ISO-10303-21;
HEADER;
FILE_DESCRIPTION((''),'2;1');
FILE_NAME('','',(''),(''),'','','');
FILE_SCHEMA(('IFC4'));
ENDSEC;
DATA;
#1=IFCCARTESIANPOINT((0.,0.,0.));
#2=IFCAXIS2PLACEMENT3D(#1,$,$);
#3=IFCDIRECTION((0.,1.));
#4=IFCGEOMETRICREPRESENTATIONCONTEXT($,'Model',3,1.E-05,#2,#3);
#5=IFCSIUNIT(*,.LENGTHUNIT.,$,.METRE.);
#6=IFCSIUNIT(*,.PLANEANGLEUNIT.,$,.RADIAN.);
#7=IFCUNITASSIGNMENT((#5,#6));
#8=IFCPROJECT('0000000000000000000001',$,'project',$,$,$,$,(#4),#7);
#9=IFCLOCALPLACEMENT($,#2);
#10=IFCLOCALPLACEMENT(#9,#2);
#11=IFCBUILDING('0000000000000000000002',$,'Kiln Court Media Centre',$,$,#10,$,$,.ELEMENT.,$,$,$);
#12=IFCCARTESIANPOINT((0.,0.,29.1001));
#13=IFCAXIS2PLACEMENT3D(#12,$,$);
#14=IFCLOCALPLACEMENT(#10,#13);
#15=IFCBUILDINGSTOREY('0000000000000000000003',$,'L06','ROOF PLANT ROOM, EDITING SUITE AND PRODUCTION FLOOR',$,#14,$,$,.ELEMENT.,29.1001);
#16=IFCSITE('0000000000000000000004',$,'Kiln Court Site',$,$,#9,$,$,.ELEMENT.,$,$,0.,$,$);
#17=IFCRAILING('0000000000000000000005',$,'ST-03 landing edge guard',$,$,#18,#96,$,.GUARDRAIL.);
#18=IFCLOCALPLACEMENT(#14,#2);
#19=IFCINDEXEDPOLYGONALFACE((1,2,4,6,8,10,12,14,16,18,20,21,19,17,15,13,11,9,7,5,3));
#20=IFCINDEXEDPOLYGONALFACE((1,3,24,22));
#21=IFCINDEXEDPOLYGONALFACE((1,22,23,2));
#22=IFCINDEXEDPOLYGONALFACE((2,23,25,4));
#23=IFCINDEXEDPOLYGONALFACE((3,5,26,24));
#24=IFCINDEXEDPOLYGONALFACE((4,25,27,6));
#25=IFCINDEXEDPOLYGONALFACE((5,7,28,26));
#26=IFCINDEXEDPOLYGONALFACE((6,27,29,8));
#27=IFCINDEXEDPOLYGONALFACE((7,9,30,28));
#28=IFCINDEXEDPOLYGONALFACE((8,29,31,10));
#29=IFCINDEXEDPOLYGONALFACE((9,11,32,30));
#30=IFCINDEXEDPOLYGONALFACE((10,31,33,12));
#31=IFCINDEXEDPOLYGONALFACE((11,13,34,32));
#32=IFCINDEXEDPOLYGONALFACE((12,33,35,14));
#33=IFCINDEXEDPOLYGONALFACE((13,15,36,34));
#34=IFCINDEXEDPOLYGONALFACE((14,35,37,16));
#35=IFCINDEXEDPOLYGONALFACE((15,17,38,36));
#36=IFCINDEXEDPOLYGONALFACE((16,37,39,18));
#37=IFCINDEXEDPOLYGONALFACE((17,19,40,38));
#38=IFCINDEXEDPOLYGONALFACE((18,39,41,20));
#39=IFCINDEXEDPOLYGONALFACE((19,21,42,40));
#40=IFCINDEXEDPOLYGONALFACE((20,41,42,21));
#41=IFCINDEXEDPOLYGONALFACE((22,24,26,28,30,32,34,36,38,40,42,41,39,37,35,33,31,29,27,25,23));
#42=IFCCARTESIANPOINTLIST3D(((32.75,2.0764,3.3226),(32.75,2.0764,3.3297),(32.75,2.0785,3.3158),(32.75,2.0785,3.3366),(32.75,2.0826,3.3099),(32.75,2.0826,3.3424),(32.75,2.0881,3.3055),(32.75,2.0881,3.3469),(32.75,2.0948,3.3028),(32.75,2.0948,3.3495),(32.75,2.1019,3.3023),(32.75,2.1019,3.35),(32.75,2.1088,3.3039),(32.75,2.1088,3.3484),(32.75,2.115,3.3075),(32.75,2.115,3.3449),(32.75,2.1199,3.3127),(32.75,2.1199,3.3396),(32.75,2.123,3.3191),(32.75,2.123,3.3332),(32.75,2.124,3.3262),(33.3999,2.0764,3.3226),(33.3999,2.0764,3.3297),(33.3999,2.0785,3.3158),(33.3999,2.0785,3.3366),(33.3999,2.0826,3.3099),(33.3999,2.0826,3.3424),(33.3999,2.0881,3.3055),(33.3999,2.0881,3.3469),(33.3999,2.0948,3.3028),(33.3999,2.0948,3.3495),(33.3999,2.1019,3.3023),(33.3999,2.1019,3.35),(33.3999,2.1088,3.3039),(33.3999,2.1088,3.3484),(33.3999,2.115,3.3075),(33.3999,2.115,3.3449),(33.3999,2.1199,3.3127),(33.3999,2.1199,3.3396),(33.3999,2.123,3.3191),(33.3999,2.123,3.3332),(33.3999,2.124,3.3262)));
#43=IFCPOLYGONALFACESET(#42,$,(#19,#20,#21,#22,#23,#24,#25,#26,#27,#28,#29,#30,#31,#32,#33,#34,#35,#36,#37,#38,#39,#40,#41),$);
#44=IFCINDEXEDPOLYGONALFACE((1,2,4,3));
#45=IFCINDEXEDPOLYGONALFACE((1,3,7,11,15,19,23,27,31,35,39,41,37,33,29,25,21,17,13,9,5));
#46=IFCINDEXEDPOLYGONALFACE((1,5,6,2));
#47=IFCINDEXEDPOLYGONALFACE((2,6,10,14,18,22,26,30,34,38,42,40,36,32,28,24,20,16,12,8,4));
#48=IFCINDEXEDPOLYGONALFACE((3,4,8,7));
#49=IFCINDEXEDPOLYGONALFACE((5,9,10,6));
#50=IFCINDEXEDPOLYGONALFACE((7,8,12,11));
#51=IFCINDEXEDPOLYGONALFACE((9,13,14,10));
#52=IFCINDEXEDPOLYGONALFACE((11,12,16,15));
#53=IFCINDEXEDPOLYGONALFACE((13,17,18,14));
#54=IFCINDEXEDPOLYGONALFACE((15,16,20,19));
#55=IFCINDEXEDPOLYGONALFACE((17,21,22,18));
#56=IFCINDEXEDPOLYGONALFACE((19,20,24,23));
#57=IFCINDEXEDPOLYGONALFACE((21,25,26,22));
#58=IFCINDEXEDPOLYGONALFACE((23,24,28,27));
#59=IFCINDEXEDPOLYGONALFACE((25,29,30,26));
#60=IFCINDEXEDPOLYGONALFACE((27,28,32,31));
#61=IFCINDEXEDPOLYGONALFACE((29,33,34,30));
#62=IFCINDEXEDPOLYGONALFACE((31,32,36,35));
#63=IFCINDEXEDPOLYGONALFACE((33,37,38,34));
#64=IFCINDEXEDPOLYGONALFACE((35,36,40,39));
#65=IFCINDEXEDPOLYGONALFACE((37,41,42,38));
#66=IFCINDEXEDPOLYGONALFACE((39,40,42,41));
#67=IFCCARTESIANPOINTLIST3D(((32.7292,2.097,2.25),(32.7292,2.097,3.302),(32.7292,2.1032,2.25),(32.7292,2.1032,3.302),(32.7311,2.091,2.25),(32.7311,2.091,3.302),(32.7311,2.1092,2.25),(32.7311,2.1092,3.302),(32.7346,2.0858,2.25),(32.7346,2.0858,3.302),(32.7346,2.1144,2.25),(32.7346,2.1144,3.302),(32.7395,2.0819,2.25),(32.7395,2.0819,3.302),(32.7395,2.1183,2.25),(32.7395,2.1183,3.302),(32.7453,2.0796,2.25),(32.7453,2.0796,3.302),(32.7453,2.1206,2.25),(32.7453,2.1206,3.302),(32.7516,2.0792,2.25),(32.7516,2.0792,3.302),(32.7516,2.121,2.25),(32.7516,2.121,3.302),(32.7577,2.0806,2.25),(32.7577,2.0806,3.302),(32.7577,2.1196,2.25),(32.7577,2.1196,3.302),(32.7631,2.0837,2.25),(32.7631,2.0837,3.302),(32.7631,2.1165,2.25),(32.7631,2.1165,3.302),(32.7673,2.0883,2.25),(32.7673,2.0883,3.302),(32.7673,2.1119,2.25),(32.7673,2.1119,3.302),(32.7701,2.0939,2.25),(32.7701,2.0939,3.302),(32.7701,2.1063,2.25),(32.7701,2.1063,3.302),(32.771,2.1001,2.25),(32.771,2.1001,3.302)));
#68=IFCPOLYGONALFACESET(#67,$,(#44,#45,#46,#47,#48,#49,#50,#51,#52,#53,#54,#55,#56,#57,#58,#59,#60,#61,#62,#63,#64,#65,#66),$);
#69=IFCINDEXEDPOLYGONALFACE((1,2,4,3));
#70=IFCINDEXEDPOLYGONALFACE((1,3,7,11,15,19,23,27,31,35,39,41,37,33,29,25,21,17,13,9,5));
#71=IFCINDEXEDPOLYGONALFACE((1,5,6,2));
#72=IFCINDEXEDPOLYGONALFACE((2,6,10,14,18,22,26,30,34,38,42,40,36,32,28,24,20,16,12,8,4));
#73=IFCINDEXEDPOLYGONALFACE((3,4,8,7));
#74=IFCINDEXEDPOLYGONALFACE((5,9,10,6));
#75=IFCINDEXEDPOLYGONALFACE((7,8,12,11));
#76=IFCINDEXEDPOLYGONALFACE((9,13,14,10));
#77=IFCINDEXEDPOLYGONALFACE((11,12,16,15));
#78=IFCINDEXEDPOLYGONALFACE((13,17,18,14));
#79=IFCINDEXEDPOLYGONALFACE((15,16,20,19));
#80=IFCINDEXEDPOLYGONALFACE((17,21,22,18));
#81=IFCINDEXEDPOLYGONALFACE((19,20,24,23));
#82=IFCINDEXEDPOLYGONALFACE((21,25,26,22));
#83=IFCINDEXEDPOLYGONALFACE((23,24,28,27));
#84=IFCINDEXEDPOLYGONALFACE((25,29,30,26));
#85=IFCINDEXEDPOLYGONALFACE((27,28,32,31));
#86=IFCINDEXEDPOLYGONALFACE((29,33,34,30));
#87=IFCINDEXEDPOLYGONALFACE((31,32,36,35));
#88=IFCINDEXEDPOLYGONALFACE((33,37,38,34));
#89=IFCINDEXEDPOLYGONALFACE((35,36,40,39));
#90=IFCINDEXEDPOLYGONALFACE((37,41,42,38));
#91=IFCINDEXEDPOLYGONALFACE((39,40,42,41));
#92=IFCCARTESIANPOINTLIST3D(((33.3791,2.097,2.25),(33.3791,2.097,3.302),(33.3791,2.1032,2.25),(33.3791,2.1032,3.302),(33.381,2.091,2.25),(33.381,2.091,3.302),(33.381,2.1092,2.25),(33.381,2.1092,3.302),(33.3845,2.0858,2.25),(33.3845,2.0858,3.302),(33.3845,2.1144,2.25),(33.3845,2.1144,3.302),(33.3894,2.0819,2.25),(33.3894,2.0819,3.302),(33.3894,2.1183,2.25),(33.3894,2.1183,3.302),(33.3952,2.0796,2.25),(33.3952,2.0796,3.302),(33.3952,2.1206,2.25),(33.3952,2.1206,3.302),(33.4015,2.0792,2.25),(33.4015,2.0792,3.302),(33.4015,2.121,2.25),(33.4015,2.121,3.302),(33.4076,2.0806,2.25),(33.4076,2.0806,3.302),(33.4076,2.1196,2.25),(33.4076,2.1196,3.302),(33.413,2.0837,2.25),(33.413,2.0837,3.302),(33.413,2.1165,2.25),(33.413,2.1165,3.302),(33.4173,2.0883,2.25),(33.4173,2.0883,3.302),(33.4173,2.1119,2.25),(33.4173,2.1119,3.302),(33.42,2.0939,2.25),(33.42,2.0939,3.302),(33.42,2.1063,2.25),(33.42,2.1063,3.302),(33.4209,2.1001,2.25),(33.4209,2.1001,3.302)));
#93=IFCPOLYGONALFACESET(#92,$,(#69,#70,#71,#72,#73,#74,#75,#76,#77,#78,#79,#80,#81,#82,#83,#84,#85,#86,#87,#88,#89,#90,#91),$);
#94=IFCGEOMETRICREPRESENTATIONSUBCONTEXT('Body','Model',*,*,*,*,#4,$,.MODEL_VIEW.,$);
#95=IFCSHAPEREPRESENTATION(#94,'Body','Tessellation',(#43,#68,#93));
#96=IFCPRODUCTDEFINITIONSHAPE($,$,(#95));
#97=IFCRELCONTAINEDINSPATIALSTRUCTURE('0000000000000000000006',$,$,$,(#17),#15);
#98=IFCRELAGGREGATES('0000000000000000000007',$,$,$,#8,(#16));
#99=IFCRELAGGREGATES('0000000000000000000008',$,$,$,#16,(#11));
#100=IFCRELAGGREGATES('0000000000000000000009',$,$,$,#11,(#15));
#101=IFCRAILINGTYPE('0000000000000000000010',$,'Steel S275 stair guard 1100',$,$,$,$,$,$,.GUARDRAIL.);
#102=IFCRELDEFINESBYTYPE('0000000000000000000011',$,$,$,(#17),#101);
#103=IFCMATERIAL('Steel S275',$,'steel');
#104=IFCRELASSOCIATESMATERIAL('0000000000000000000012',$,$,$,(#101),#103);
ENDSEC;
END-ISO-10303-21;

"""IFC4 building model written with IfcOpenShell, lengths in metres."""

from ifc_helpers import new_model, si_unit, direction, frame, origin, origin_2d, place, context, subcontext, project, spatial, circle, extrude, material, type_object, element, save


model = new_model("IFC4")

# Units and contexts
model_context = context("Model", 3, precision=1e-05, world=origin(), true_north=direction((0.0, 1.0)))
body_context = subcontext(model_context, "Body", "Model", "MODEL_VIEW")
ifc_project = project(units=[si_unit("LENGTHUNIT", "METRE"), si_unit("PLANEANGLEUNIT", "RADIAN")], contexts=[model_context])

# Site, building, storey
site_placement = place(None, origin())
site = spatial("IfcSite", under=ifc_project, at=site_placement, Name="Kiln Court Site", CompositionType="ELEMENT", RefElevation=0.0)
building_placement = place(site_placement, origin())
building = spatial("IfcBuilding", under=site, at=building_placement, Name="Kiln Court Media Centre", CompositionType="ELEMENT")
storey_placement = place(building_placement, frame((0.0, 0.0, 29.1001)))
storey = spatial("IfcBuildingStorey", under=building, at=storey_placement, Name="L06", Description="ROOF PLANT ROOM, EDITING SUITE AND PRODUCTION FLOOR", CompositionType="ELEMENT", Elevation=29.1001)

# Railing
ifc_material_1 = material(Name="Steel S275", Category="steel")
railing_type_1 = type_object("IfcRailingType", Name="Steel S275 stair guard 1100", PredefinedType="GUARDRAIL", material=ifc_material_1)
railing_1_placement = place(storey_placement, frame((32.75, 2.1001, 2.25)))
element("IfcRailing", 1, at=railing_1_placement, inside=storey, type_object=railing_type_1, Name="ST-03 landing edge guard", PredefinedType="GUARDRAIL", context=body_context, shape_type="SweptSolid", body=[
    extrude(circle(Radius=0.0239, at=origin_2d()), frame((0.0, 0.0, 1.0762), z_axis=(1.0, 0.0, 0.0), x_axis=(0.0, 1.0, 0.0)), (0.0, 0.0, 1.0), 0.6499),
    extrude(circle(Radius=0.021, at=origin_2d()), origin(), (0.0, 0.0, 1.0), 1.052),
    extrude(circle(Radius=0.021, at=origin_2d()), frame((0.6499, 0.0, 0.0)), (0.0, 0.0, 1.0), 1.052),
])

save(model, "model.ifc")
